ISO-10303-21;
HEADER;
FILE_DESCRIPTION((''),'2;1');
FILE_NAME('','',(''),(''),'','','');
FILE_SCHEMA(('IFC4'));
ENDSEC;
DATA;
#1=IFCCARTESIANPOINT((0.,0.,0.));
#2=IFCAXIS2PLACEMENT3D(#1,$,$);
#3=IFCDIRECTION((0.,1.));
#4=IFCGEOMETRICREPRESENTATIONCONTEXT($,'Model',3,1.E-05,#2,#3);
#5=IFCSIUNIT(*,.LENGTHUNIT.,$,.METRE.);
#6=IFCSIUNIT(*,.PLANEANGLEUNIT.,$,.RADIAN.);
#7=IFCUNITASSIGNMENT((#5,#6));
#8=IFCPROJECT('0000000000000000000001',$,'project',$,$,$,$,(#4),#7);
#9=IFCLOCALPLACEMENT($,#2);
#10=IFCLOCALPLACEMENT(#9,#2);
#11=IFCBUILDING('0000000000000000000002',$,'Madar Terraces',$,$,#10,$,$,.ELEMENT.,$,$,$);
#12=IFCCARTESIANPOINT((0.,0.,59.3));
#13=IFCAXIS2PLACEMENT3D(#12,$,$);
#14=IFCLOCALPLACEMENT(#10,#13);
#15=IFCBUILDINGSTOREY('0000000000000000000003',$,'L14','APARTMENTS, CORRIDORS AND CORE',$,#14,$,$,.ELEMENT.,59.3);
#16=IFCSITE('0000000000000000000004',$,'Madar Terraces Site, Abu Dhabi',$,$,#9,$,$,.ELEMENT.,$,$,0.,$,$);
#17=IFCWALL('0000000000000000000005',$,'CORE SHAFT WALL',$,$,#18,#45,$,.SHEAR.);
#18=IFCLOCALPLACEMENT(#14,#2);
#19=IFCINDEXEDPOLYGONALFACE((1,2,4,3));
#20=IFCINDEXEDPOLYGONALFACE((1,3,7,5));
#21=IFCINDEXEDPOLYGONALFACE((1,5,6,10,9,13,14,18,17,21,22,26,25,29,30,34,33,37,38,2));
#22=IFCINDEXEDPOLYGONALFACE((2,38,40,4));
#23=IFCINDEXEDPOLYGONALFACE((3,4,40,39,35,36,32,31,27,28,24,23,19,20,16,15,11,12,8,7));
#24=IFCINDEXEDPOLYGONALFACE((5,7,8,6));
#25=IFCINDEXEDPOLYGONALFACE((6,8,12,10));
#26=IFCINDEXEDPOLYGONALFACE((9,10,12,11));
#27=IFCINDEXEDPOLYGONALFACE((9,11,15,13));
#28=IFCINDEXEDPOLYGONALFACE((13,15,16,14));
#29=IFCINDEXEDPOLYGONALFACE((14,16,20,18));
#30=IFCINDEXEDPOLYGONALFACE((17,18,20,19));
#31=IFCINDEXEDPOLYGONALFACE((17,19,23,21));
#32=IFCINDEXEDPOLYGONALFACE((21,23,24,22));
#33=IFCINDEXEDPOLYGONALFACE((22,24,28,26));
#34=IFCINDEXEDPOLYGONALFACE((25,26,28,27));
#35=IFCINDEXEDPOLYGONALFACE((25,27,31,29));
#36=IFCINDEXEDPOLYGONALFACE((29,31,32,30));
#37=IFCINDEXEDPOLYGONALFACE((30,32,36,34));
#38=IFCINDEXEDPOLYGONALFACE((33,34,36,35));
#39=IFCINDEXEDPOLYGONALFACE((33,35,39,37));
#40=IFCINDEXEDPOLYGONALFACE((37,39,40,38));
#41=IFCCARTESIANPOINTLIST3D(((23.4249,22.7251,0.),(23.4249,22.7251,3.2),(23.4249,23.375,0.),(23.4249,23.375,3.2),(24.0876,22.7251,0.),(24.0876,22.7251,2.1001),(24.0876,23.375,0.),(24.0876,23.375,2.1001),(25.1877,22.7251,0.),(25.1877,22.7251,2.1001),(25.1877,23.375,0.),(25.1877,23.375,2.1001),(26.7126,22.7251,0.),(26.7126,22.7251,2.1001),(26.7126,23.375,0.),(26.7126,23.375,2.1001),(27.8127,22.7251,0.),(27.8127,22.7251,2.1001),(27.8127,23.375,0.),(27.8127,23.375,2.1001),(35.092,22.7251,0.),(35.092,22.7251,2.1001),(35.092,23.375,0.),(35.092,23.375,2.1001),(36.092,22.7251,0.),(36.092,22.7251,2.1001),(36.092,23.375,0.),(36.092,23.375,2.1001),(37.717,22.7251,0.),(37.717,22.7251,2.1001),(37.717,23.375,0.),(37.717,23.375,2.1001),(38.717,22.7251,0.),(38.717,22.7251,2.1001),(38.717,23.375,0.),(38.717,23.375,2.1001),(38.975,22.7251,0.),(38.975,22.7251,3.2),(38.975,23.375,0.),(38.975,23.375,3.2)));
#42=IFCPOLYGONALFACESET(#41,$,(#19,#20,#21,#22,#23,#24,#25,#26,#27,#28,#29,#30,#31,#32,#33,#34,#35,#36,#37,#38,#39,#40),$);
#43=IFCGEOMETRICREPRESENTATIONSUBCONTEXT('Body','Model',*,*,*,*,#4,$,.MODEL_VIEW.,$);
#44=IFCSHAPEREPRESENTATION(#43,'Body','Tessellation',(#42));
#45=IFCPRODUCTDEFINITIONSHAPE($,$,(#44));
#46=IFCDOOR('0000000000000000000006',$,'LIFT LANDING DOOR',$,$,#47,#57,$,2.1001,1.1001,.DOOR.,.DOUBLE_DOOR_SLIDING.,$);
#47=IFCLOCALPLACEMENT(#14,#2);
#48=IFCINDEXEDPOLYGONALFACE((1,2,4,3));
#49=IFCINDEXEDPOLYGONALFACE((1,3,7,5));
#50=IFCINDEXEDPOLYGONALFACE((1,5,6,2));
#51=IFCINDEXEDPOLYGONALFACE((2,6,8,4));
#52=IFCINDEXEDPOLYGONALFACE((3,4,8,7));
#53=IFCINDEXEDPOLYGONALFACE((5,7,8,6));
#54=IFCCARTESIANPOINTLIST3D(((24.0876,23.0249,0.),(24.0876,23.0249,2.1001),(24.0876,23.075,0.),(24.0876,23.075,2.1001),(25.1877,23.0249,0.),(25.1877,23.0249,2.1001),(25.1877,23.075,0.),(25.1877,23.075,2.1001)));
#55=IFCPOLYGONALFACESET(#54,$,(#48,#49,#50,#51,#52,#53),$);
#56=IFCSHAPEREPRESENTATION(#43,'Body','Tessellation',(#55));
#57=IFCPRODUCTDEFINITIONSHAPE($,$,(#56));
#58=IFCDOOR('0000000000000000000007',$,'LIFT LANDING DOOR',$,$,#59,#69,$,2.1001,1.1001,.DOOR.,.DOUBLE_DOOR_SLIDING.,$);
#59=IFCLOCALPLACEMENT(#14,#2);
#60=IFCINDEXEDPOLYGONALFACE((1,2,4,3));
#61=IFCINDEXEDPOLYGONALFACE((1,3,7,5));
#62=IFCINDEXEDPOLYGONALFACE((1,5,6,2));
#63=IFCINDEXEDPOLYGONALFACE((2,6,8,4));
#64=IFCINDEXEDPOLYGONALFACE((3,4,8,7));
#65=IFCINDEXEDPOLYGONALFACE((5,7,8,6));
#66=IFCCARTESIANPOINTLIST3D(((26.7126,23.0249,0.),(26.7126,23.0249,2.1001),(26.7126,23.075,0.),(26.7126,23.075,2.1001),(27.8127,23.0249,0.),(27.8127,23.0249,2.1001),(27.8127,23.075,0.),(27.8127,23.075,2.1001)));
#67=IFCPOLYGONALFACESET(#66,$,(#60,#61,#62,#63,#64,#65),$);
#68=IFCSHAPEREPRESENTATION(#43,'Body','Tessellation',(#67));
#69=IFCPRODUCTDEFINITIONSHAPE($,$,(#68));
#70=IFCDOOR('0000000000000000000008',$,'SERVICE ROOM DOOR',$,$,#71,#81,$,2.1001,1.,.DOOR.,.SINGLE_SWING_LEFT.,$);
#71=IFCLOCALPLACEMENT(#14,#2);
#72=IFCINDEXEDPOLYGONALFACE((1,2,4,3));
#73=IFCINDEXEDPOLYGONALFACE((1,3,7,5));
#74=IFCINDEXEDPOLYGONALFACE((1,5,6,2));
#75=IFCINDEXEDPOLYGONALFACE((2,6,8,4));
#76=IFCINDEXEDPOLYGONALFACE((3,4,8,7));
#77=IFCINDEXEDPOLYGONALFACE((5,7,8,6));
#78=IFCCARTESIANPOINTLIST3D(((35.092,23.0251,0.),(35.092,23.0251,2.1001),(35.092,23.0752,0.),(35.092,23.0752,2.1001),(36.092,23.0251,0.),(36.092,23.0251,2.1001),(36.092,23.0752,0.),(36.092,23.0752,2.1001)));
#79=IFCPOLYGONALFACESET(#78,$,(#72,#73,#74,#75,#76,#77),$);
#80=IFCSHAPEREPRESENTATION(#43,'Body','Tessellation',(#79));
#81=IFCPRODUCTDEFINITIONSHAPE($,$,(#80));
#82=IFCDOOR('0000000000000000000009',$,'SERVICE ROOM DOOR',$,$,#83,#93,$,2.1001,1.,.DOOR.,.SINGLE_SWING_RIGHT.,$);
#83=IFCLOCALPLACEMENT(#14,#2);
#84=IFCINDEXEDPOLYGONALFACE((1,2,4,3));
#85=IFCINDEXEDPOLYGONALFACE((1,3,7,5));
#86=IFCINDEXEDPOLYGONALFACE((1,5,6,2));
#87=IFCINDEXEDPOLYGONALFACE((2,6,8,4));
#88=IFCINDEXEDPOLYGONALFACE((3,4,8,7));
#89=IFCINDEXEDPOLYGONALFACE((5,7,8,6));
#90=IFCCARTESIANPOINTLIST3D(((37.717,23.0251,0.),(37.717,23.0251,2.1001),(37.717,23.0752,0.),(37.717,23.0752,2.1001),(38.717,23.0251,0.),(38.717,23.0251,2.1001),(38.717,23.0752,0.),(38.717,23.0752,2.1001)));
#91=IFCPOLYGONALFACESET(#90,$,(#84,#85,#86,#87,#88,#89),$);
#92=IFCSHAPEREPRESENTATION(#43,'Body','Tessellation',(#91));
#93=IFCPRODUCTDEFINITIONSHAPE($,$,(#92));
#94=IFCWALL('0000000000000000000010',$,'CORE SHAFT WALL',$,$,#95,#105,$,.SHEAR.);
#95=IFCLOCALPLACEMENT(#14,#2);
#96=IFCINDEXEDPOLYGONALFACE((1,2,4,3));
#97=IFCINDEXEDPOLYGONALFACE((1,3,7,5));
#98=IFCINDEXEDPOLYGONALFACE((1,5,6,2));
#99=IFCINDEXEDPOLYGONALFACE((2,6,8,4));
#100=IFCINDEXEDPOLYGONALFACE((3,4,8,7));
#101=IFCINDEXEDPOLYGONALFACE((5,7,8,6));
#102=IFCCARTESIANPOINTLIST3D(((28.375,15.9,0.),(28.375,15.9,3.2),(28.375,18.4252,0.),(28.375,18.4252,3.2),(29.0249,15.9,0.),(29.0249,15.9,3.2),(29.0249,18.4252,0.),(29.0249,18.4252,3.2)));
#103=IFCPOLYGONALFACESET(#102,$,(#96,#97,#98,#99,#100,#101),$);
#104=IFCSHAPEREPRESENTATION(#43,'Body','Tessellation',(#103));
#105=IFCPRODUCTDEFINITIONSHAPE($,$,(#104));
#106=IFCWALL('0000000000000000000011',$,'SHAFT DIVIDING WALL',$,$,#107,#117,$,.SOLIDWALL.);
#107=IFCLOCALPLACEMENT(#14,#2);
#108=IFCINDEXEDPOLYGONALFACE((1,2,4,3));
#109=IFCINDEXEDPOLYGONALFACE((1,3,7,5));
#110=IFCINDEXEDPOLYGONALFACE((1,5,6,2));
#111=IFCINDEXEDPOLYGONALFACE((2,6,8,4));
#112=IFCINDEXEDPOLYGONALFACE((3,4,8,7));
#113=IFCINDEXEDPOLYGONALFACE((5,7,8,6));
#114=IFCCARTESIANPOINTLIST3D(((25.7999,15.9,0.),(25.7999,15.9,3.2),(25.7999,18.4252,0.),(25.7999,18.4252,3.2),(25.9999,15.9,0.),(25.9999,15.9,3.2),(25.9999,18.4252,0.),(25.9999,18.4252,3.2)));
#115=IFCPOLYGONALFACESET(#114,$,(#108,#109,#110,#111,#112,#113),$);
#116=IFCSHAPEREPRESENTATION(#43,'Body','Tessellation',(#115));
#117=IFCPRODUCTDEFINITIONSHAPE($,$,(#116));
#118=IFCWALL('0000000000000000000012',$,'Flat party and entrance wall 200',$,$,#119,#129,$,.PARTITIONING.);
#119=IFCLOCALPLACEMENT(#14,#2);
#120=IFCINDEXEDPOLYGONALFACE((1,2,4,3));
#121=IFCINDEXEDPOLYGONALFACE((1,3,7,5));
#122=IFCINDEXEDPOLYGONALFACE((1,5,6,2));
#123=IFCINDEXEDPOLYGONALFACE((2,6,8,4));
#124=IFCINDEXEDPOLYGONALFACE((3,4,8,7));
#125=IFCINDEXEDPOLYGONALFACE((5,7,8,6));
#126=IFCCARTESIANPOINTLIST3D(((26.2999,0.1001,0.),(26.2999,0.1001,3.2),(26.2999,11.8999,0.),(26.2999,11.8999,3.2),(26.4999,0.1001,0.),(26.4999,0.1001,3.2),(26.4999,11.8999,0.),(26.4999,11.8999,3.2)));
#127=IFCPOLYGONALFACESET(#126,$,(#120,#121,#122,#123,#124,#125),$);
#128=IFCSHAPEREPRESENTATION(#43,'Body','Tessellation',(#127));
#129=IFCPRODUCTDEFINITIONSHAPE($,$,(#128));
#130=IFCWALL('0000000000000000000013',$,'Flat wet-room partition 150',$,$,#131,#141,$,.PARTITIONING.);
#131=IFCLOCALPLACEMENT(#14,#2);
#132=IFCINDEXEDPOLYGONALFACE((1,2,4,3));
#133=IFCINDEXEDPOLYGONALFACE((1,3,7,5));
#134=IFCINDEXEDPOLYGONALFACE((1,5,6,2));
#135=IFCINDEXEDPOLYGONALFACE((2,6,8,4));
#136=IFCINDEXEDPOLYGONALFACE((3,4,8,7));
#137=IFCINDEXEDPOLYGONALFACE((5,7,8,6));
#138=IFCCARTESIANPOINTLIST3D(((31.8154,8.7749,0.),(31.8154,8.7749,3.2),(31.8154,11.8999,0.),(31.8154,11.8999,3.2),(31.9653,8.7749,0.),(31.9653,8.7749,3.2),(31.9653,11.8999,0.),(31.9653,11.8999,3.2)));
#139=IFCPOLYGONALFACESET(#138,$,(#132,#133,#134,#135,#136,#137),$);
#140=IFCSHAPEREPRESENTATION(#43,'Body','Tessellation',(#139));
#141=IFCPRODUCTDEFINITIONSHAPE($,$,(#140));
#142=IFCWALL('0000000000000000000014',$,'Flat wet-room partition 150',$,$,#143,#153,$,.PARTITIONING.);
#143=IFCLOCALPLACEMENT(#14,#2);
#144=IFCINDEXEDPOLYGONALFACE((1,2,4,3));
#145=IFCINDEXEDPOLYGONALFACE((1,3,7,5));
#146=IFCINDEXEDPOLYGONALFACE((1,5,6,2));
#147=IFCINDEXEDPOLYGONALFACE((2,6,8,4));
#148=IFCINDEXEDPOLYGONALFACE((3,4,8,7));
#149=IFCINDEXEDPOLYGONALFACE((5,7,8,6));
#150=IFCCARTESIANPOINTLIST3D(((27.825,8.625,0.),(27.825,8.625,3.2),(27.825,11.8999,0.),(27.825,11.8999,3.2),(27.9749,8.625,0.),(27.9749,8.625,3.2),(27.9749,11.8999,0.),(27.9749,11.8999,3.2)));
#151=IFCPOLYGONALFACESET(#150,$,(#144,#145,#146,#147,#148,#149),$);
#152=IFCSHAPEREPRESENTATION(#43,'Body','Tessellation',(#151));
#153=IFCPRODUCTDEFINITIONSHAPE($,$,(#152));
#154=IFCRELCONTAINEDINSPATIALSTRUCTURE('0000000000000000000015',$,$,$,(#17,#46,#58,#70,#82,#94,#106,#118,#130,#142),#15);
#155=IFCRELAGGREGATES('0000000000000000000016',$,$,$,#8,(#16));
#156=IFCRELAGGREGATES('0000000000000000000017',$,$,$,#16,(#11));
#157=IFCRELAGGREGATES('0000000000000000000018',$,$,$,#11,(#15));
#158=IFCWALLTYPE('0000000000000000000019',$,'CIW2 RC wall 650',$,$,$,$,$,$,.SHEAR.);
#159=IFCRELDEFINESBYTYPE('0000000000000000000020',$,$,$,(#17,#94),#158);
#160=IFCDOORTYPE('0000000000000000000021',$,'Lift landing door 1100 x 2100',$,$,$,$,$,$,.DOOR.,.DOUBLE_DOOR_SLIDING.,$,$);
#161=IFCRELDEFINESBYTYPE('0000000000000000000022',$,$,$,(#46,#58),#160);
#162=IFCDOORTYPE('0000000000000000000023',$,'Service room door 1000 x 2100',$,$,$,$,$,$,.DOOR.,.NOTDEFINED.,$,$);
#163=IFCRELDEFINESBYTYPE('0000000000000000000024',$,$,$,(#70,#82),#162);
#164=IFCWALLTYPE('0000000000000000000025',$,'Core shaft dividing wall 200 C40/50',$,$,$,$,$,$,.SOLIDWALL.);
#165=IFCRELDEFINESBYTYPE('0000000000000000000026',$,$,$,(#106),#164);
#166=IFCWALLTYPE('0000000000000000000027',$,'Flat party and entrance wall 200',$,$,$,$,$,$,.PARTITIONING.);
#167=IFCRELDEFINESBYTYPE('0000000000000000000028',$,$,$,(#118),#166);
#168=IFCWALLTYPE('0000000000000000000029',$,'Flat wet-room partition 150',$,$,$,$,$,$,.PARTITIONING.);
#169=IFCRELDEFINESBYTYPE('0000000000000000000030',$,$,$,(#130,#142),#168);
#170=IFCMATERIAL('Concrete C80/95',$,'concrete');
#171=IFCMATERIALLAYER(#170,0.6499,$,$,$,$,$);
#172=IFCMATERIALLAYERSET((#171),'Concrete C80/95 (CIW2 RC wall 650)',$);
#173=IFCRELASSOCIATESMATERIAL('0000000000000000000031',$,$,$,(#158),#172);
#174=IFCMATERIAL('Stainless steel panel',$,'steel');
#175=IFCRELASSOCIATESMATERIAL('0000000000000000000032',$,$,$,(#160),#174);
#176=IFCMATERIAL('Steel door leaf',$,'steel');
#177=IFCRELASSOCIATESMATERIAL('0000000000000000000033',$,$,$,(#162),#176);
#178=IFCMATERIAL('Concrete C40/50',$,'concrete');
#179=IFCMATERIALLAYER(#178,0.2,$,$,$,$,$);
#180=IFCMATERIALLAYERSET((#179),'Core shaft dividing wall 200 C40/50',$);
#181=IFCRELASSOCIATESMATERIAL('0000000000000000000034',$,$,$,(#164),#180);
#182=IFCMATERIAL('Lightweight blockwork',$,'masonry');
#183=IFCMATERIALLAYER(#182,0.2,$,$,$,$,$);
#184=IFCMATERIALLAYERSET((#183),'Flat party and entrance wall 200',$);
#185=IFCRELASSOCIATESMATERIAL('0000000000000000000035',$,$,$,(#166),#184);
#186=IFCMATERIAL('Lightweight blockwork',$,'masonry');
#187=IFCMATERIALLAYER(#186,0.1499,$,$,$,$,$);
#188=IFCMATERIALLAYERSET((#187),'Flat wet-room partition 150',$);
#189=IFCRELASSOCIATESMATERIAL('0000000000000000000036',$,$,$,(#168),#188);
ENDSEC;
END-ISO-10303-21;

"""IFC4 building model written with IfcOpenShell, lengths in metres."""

from ifc_helpers import new_model, si_unit, direction, frame, frame_2d, origin, place, context, subcontext, project, spatial, rectangle, extrude, material, layer, layer_set, type_object, element, fill, save


model = new_model("IFC4")

# Units and contexts
model_context = context("Model", 3, precision=1e-05, world=origin(), true_north=direction((0.0, 1.0)))
body_context = subcontext(model_context, "Body", "Model", "MODEL_VIEW")
ifc_project = project(units=[si_unit("LENGTHUNIT", "METRE"), si_unit("PLANEANGLEUNIT", "RADIAN")], contexts=[model_context])

# Site, building, storey
site_placement = place(None, origin())
site = spatial("IfcSite", under=ifc_project, at=site_placement, Name="Madar Terraces Site, Abu Dhabi", CompositionType="ELEMENT", RefElevation=0.0)
building_placement = place(site_placement, origin())
building = spatial("IfcBuilding", under=site, at=building_placement, Name="Madar Terraces", CompositionType="ELEMENT")
storey_placement = place(building_placement, frame((0.0, 0.0, 59.3)))
storey = spatial("IfcBuildingStorey", under=building, at=storey_placement, Name="L14", Description="APARTMENTS, CORRIDORS AND CORE", CompositionType="ELEMENT", Elevation=59.3)

# Shared definitions
ifc_material_1 = material(Name="Concrete C80/95", Category="concrete")
ifc_layer_1 = layer(ifc_material_1, 0.6499)
ifc_layer_set_1 = layer_set([ifc_layer_1], Name="Concrete C80/95 (CIW2 RC wall 650)")
wall_type_1 = type_object("IfcWallType", Name="CIW2 RC wall 650", PredefinedType="SHEAR", material=ifc_layer_set_1)

# Wall, openings, doors
ifc_material_2 = material(Name="Stainless steel panel", Category="steel")
door_type_1 = type_object("IfcDoorType", Name="Lift landing door 1100 x 2100", OperationType="DOUBLE_DOOR_SLIDING", PredefinedType="DOOR", material=ifc_material_2)
wall_1_placement = place(storey_placement, frame((23.425, 23.05, 0.0), z_axis=(0.0, 0.0, 1.0), x_axis=(1.0, 0.0, 0.0)))
wall_1 = element("IfcWall", 1, at=wall_1_placement, inside=storey, type_object=wall_type_1, Name="CORE SHAFT WALL", PredefinedType="SHEAR", context=body_context, shape_type="SweptSolid", body=[
    extrude(rectangle(XDim=15.55, YDim=0.6499, at=frame_2d((7.7749, 0.0))), origin(), (0.0, 0.0, 1.0), 3.2),
])
opening_1_placement = place(wall_1_placement, frame((0.6626, 0.0, 0.0)))
opening_1 = element("IfcOpeningElement", 2, at=opening_1_placement, cuts=wall_1, PredefinedType="OPENING", context=body_context, shape_type="SweptSolid", body=[
    extrude(rectangle(XDim=1.1001, YDim=2.1001, at=frame_2d((0.55, 1.05))), frame((0.0, 0.335, 0.0), z_axis=(0.0, -1.0, 0.0), x_axis=(1.0, 0.0, 0.0)), (0.0, 0.0, 1.0), 0.6699),
])
opening_2_placement = place(wall_1_placement, frame((3.2876, 0.0, 0.0)))
opening_2 = element("IfcOpeningElement", 3, at=opening_2_placement, cuts=wall_1, PredefinedType="OPENING", context=body_context, shape_type="SweptSolid", body=[
    extrude(rectangle(XDim=1.1001, YDim=2.1001, at=frame_2d((0.55, 1.05))), frame((0.0, 0.335, 0.0), z_axis=(0.0, -1.0, 0.0), x_axis=(1.0, 0.0, 0.0)), (0.0, 0.0, 1.0), 0.6699),
])
opening_3_placement = place(wall_1_placement, frame((11.667, 0.0, 0.0)))
opening_3 = element("IfcOpeningElement", 4, at=opening_3_placement, cuts=wall_1, PredefinedType="OPENING", context=body_context, shape_type="SweptSolid", body=[
    extrude(rectangle(XDim=1.0, YDim=2.1001, at=frame_2d((0.5, 1.05))), frame((0.0, 0.335, 0.0), z_axis=(0.0, -1.0, 0.0), x_axis=(1.0, 0.0, 0.0)), (0.0, 0.0, 1.0), 0.6699),
])
opening_4_placement = place(wall_1_placement, frame((14.292, 0.0, 0.0)))
opening_4 = element("IfcOpeningElement", 5, at=opening_4_placement, cuts=wall_1, PredefinedType="OPENING", context=body_context, shape_type="SweptSolid", body=[
    extrude(rectangle(XDim=1.0, YDim=2.1001, at=frame_2d((0.5, 1.05))), frame((0.0, 0.335, 0.0), z_axis=(0.0, -1.0, 0.0), x_axis=(1.0, 0.0, 0.0)), (0.0, 0.0, 1.0), 0.6699),
])
door_1_placement = place(opening_1_placement, origin())
door_1 = element("IfcDoor", 6, at=door_1_placement, inside=storey, type_object=door_type_1, Name="LIFT LANDING DOOR", OperationType="DOUBLE_DOOR_SLIDING", OverallHeight=2.1001, OverallWidth=1.1001, PredefinedType="DOOR", context=body_context, shape_type="SweptSolid", body=[
    extrude(rectangle(XDim=1.1001, YDim=2.1001, at=frame_2d((0.55, 1.05))), frame((0.0, 0.0249, 0.0), z_axis=(0.0, -1.0, 0.0), x_axis=(1.0, 0.0, 0.0)), (0.0, 0.0, 1.0), 0.05),
])
fill(opening_1, door_1)
door_2_placement = place(opening_2_placement, origin())
door_2 = element("IfcDoor", 7, at=door_2_placement, inside=storey, type_object=door_type_1, Name="LIFT LANDING DOOR", OperationType="DOUBLE_DOOR_SLIDING", OverallHeight=2.1001, OverallWidth=1.1001, PredefinedType="DOOR", context=body_context, shape_type="SweptSolid", body=[
    extrude(rectangle(XDim=1.1001, YDim=2.1001, at=frame_2d((0.55, 1.05))), frame((0.0, 0.0249, 0.0), z_axis=(0.0, -1.0, 0.0), x_axis=(1.0, 0.0, 0.0)), (0.0, 0.0, 1.0), 0.05),
])
fill(opening_2, door_2)
ifc_material_3 = material(Name="Steel door leaf", Category="steel")
door_type_2 = type_object("IfcDoorType", Name="Service room door 1000 x 2100", OperationType="NOTDEFINED", PredefinedType="DOOR", material=ifc_material_3)
door_3_placement = place(opening_3_placement, frame((1.0, 0.0, 0.0), z_axis=(0.0, 0.0, 1.0), x_axis=(-1.0, 0.0, 0.0)))
door_3 = element("IfcDoor", 8, at=door_3_placement, inside=storey, type_object=door_type_2, Name="SERVICE ROOM DOOR", OperationType="SINGLE_SWING_LEFT", OverallHeight=2.1001, OverallWidth=1.0, PredefinedType="DOOR", context=body_context, shape_type="SweptSolid", body=[
    extrude(rectangle(XDim=1.0, YDim=2.1001, at=frame_2d((0.5, 1.05))), frame((0.0, 0.0249, 0.0), z_axis=(0.0, -1.0, 0.0), x_axis=(1.0, 0.0, 0.0)), (0.0, 0.0, 1.0), 0.05),
])
fill(opening_3, door_3)
door_4_placement = place(opening_4_placement, frame((1.0, 0.0, 0.0), z_axis=(0.0, 0.0, 1.0), x_axis=(-1.0, 0.0, 0.0)))
door_4 = element("IfcDoor", 9, at=door_4_placement, inside=storey, type_object=door_type_2, Name="SERVICE ROOM DOOR", OperationType="SINGLE_SWING_RIGHT", OverallHeight=2.1001, OverallWidth=1.0, PredefinedType="DOOR", context=body_context, shape_type="SweptSolid", body=[
    extrude(rectangle(XDim=1.0, YDim=2.1001, at=frame_2d((0.5, 1.05))), frame((0.0, 0.0249, 0.0), z_axis=(0.0, -1.0, 0.0), x_axis=(1.0, 0.0, 0.0)), (0.0, 0.0, 1.0), 0.05),
])
fill(opening_4, door_4)

# Walls
wall_2_placement = place(storey_placement, frame((28.7, 15.8999, 0.0), z_axis=(0.0, 0.0, 1.0), x_axis=(0.0, 1.0, 0.0)))
element("IfcWall", 10, at=wall_2_placement, inside=storey, type_object=wall_type_1, Name="CORE SHAFT WALL", PredefinedType="SHEAR", context=body_context, shape_type="SweptSolid", body=[
    extrude(rectangle(XDim=2.5251, YDim=0.6499, at=frame_2d((1.2627, 0.0))), origin(), (0.0, 0.0, 1.0), 3.2),
])
ifc_material_4 = material(Name="Concrete C40/50", Category="concrete")
ifc_layer_2 = layer(ifc_material_4, 0.2)
ifc_layer_set_2 = layer_set([ifc_layer_2], Name="Core shaft dividing wall 200 C40/50")
wall_type_2 = type_object("IfcWallType", Name="Core shaft dividing wall 200 C40/50", PredefinedType="SOLIDWALL", material=ifc_layer_set_2)
wall_3_placement = place(storey_placement, frame((25.8999, 15.8999, 0.0), z_axis=(0.0, 0.0, 1.0), x_axis=(0.0, 1.0, 0.0)))
element("IfcWall", 11, at=wall_3_placement, inside=storey, type_object=wall_type_2, Name="SHAFT DIVIDING WALL", PredefinedType="SOLIDWALL", context=body_context, shape_type="SweptSolid", body=[
    extrude(rectangle(XDim=2.5251, YDim=0.2, at=frame_2d((1.2627, 0.0))), origin(), (0.0, 0.0, 1.0), 3.2),
])
ifc_material_5 = material(Name="Lightweight blockwork", Category="masonry")
ifc_layer_3 = layer(ifc_material_5, 0.2)
ifc_layer_set_3 = layer_set([ifc_layer_3], Name="Flat party and entrance wall 200")
wall_type_3 = type_object("IfcWallType", Name="Flat party and entrance wall 200", PredefinedType="PARTITIONING", material=ifc_layer_set_3)
wall_4_placement = place(storey_placement, frame((26.3999, 11.8999, 0.0), z_axis=(0.0, 0.0, 1.0), x_axis=(0.0, -1.0, 0.0)))
element("IfcWall", 12, at=wall_4_placement, inside=storey, type_object=wall_type_3, Name="Flat party and entrance wall 200", PredefinedType="PARTITIONING", context=body_context, shape_type="SweptSolid", body=[
    extrude(rectangle(XDim=11.7998, YDim=0.2, at=frame_2d((5.8999, 0.0))), origin(), (0.0, 0.0, 1.0), 3.2),
])
ifc_material_6 = material(Name="Lightweight blockwork", Category="masonry")
ifc_layer_4 = layer(ifc_material_6, 0.1499)
ifc_layer_set_4 = layer_set([ifc_layer_4], Name="Flat wet-room partition 150")
wall_type_4 = type_object("IfcWallType", Name="Flat wet-room partition 150", PredefinedType="PARTITIONING", material=ifc_layer_set_4)
wall_5_placement = place(storey_placement, frame((31.8904, 11.8999, 0.0), z_axis=(0.0, 0.0, 1.0), x_axis=(0.0, -1.0, 0.0)))
element("IfcWall", 13, at=wall_5_placement, inside=storey, type_object=wall_type_4, Name="Flat wet-room partition 150", PredefinedType="PARTITIONING", context=body_context, shape_type="SweptSolid", body=[
    extrude(rectangle(XDim=3.125, YDim=0.1499, at=frame_2d((1.5625, 0.0))), origin(), (0.0, 0.0, 1.0), 3.2),
])
wall_6_placement = place(storey_placement, frame((27.8999, 11.8999, 0.0), z_axis=(0.0, 0.0, 1.0), x_axis=(0.0, -1.0, 0.0)))
element("IfcWall", 14, at=wall_6_placement, inside=storey, type_object=wall_type_4, Name="Flat wet-room partition 150", PredefinedType="PARTITIONING", context=body_context, shape_type="SweptSolid", body=[
    extrude(rectangle(XDim=3.2749, YDim=0.1499, at=frame_2d((1.6375, 0.0))), origin(), (0.0, 0.0, 1.0), 3.2),
])

save(model, "model.ifc")
